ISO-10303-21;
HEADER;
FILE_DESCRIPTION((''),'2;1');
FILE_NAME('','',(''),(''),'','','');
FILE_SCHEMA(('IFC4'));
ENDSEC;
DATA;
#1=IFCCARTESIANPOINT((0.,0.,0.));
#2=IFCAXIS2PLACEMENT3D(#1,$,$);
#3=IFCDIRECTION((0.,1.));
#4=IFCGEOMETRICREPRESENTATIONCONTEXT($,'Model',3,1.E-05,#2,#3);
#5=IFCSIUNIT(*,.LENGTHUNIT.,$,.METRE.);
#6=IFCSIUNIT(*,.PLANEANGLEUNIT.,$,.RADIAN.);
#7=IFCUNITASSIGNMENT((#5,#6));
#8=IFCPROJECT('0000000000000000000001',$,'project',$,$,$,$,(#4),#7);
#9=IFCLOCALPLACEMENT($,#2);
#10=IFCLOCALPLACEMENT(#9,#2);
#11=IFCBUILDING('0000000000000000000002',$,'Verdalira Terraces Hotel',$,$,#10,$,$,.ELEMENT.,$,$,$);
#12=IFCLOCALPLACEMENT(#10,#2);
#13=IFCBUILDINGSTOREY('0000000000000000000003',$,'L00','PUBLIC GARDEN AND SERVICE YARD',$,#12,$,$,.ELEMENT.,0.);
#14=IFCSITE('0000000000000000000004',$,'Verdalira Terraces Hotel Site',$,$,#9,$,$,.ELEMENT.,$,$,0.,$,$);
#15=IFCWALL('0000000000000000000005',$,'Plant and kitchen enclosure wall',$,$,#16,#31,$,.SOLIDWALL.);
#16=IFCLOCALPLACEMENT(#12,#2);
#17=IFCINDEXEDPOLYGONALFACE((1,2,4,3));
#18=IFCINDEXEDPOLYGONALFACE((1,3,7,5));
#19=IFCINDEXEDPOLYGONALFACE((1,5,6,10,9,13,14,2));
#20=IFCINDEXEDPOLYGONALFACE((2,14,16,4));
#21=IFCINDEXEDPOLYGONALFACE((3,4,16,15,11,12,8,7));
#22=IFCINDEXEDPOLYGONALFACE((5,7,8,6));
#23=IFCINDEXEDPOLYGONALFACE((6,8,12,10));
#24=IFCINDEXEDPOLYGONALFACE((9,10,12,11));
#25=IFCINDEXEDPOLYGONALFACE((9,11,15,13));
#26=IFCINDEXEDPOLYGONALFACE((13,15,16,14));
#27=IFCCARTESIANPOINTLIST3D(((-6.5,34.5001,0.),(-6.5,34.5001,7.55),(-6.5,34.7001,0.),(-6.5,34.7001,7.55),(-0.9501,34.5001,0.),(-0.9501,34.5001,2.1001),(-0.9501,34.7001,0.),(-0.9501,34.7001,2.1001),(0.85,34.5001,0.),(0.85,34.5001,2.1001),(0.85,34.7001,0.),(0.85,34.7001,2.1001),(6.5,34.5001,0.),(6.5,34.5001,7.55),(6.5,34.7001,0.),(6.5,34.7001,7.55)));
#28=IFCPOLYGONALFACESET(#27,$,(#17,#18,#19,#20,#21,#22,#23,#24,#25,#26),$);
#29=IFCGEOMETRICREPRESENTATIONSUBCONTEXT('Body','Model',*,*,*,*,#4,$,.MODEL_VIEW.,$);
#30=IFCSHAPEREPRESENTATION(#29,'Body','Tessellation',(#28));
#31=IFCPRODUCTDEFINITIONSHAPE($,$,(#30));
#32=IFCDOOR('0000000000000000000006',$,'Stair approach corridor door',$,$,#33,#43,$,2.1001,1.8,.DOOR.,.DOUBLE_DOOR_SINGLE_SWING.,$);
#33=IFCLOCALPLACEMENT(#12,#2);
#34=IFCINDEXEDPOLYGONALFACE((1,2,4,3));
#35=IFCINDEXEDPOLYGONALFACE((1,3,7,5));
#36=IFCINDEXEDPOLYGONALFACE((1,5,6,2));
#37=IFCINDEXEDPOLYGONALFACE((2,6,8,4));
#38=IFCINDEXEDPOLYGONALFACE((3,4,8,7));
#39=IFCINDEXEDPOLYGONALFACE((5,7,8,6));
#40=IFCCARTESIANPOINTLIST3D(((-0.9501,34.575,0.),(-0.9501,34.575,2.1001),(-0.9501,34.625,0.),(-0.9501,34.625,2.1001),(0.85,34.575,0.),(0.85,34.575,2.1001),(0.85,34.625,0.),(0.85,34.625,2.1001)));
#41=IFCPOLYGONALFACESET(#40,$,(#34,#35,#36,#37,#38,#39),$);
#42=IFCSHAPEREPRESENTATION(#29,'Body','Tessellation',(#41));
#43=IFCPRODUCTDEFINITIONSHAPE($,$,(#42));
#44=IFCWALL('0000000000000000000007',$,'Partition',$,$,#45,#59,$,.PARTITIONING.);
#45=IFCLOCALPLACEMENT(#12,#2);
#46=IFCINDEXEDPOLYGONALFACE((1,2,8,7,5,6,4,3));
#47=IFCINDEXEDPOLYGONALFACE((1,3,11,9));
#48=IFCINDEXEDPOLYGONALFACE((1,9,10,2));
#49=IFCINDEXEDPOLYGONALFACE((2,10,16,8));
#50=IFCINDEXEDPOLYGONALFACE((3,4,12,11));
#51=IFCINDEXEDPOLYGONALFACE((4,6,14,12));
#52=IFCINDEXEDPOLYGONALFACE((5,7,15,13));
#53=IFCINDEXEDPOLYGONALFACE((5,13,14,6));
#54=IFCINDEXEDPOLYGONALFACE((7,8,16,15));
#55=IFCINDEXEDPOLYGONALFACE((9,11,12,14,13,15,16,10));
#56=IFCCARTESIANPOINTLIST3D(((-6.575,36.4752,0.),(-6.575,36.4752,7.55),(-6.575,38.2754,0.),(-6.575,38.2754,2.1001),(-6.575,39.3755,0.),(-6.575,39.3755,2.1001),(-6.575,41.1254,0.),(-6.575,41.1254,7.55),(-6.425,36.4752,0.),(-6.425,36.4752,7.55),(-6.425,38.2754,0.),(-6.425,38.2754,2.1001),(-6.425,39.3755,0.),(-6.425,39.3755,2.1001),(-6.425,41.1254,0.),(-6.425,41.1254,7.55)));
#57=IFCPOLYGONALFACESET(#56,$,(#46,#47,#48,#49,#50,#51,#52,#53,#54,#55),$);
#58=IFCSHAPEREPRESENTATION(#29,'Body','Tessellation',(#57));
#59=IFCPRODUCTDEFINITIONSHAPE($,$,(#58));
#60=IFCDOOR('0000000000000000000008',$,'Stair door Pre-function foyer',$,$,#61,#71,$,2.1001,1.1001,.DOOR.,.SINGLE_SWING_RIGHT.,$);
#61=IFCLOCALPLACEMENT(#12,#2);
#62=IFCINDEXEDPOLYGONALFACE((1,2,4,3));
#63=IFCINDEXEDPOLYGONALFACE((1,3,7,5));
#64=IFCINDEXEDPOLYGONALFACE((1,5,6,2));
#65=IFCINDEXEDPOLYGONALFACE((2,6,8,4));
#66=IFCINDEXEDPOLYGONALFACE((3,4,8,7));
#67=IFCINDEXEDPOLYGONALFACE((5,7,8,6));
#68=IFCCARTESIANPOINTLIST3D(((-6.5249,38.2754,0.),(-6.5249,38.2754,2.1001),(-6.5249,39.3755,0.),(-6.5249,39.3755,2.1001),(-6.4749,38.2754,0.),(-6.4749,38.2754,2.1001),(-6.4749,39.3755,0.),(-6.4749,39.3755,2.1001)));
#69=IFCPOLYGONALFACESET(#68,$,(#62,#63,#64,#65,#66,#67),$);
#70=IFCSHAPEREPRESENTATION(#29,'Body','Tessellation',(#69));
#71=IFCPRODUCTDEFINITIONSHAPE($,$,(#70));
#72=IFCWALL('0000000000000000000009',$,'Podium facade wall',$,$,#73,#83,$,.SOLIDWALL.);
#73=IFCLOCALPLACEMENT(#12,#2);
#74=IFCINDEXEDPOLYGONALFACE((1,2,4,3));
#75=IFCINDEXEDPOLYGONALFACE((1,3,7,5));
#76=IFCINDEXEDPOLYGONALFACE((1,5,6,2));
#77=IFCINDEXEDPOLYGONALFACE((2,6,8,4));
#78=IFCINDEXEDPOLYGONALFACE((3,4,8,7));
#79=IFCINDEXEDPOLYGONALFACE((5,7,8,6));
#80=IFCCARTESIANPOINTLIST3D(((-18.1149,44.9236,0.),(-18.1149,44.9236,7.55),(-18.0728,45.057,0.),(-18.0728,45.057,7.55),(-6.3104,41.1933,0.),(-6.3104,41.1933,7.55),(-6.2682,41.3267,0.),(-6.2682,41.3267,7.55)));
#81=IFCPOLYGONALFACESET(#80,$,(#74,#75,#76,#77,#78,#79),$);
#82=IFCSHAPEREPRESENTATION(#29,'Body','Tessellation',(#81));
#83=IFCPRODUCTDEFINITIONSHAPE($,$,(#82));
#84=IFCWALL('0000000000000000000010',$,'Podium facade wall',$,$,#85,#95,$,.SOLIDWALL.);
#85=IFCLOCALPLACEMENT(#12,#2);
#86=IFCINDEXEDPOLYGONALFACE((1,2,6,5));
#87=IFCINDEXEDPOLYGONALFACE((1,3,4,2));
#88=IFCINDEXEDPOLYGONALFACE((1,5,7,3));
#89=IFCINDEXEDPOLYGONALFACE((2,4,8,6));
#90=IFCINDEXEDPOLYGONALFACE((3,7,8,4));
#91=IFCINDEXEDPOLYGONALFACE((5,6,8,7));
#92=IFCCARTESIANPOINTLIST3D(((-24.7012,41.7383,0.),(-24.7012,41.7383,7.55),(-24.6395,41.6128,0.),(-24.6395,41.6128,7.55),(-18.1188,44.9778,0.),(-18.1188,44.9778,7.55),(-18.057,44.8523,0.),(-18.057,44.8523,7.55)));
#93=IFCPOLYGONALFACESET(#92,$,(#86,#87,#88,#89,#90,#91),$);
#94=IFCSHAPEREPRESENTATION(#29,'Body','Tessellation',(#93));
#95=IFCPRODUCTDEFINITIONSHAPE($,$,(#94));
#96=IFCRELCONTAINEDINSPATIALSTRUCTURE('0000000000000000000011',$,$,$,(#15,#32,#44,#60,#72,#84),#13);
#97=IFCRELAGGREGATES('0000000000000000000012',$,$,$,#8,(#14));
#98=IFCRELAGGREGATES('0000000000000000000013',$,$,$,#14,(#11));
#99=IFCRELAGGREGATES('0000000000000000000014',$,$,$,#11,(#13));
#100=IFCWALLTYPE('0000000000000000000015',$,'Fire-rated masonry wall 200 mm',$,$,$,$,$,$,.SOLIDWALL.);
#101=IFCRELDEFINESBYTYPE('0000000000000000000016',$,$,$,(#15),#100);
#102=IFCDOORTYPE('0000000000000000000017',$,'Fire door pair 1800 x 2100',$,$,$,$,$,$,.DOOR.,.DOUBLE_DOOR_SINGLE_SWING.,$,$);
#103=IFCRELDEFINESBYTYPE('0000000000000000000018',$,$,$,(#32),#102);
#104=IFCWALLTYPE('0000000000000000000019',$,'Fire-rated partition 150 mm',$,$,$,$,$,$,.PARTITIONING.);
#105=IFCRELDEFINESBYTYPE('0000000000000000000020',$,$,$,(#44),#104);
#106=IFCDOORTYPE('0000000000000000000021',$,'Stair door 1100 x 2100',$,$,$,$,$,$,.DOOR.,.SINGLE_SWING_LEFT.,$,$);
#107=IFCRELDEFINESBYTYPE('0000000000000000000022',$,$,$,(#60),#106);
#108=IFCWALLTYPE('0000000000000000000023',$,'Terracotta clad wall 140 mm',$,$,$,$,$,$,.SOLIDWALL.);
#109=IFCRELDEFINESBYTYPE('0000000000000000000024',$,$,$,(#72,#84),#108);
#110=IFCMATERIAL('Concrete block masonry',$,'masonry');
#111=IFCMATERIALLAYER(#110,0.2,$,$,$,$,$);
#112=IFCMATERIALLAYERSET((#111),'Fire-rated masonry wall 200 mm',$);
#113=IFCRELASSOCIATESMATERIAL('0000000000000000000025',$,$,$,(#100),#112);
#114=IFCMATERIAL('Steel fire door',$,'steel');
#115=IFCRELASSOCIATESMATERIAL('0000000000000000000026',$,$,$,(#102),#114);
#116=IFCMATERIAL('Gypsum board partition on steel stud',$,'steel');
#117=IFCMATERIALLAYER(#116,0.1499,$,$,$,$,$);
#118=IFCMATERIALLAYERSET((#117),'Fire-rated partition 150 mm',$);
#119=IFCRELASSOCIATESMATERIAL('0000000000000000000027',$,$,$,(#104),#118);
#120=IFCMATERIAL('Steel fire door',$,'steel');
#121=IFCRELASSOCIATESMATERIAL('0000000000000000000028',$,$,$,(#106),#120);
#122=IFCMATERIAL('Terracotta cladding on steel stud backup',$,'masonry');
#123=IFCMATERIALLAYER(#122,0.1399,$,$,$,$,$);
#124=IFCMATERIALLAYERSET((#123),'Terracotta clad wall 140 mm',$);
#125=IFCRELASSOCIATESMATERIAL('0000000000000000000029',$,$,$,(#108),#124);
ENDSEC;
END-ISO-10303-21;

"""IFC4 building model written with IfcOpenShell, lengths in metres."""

from ifc_helpers import new_model, si_unit, direction, frame, frame_2d, origin, place, context, subcontext, project, spatial, rectangle, extrude, material, layer, layer_set, type_object, element, fill, save


model = new_model("IFC4")

# Units and contexts
model_context = context("Model", 3, precision=1e-05, world=origin(), true_north=direction((0.0, 1.0)))
body_context = subcontext(model_context, "Body", "Model", "MODEL_VIEW")
ifc_project = project(units=[si_unit("LENGTHUNIT", "METRE"), si_unit("PLANEANGLEUNIT", "RADIAN")], contexts=[model_context])

# Site, building, storey
site_placement = place(None, origin())
site = spatial("IfcSite", under=ifc_project, at=site_placement, Name="Verdalira Terraces Hotel Site", CompositionType="ELEMENT", RefElevation=0.0)
building_placement = place(site_placement, origin())
building = spatial("IfcBuilding", under=site, at=building_placement, Name="Verdalira Terraces Hotel", CompositionType="ELEMENT")
storey_placement = place(building_placement, origin())
storey = spatial("IfcBuildingStorey", under=building, at=storey_placement, Name="L00", Description="PUBLIC GARDEN AND SERVICE YARD", CompositionType="ELEMENT", Elevation=0.0)

# Shared definitions
ifc_material_1 = material(Name="Concrete block masonry", Category="masonry")
ifc_layer_1 = layer(ifc_material_1, 0.2)
ifc_layer_set_1 = layer_set([ifc_layer_1], Name="Fire-rated masonry wall 200 mm")
wall_type_1 = type_object("IfcWallType", Name="Fire-rated masonry wall 200 mm", PredefinedType="SOLIDWALL", material=ifc_layer_set_1)
ifc_material_2 = material(Name="Steel fire door", Category="steel")
door_type_1 = type_object("IfcDoorType", Name="Fire door pair 1800 x 2100", OperationType="DOUBLE_DOOR_SINGLE_SWING", PredefinedType="DOOR", material=ifc_material_2)

# Walls, openings, doors
wall_1_placement = place(storey_placement, frame((-6.5, 34.6001, 0.0), z_axis=(0.0, 0.0, 1.0), x_axis=(1.0, 0.0, 0.0)))
wall_1 = element("IfcWall", 1, at=wall_1_placement, inside=storey, type_object=wall_type_1, Name="Plant and kitchen enclosure wall", PredefinedType="SOLIDWALL", context=body_context, shape_type="SweptSolid", body=[
    extrude(rectangle(XDim=13.0, YDim=0.2, at=frame_2d((6.5, 0.0))), origin(), (0.0, 0.0, 1.0), 7.55),
])
opening_1_placement = place(wall_1_placement, frame((5.55, 0.0, 0.0)))
opening_1 = element("IfcOpeningElement", 2, at=opening_1_placement, cuts=wall_1, PredefinedType="OPENING", context=body_context, shape_type="SweptSolid", body=[
    extrude(rectangle(XDim=1.8, YDim=2.1001, at=frame_2d((0.8999, 1.05))), frame((0.0, 0.1099, 0.0), z_axis=(0.0, -1.0, 0.0), x_axis=(1.0, 0.0, 0.0)), (0.0, 0.0, 1.0), 0.22),
])
door_1_placement = place(opening_1_placement, origin())
door_1 = element("IfcDoor", 3, at=door_1_placement, inside=storey, type_object=door_type_1, Name="Stair approach corridor door", OperationType="DOUBLE_DOOR_SINGLE_SWING", OverallHeight=2.1001, OverallWidth=1.8, PredefinedType="DOOR", context=body_context, shape_type="SweptSolid", body=[
    extrude(rectangle(XDim=1.8, YDim=2.1001, at=frame_2d((0.8999, 1.05))), frame((0.0, 0.0249, 0.0), z_axis=(0.0, -1.0, 0.0), x_axis=(1.0, 0.0, 0.0)), (0.0, 0.0, 1.0), 0.05),
])
fill(opening_1, door_1)
ifc_material_3 = material(Name="Gypsum board partition on steel stud", Category="steel")
ifc_layer_2 = layer(ifc_material_3, 0.1499)
ifc_layer_set_2 = layer_set([ifc_layer_2], Name="Fire-rated partition 150 mm")
wall_type_2 = type_object("IfcWallType", Name="Fire-rated partition 150 mm", PredefinedType="PARTITIONING", material=ifc_layer_set_2)
wall_2_placement = place(storey_placement, frame((-6.5, 36.4751, 0.0), z_axis=(0.0, 0.0, 1.0), x_axis=(0.0, 1.0, 0.0)))
wall_2 = element("IfcWall", 4, at=wall_2_placement, inside=storey, type_object=wall_type_2, Name="Partition", PredefinedType="PARTITIONING", context=body_context, shape_type="SweptSolid", body=[
    extrude(rectangle(XDim=4.6501, YDim=0.1499, at=frame_2d((2.3252, 0.0))), origin(), (0.0, 0.0, 1.0), 7.55),
])
opening_2_placement = place(wall_2_placement, frame((1.8003, 0.0, 0.0)))
opening_2 = element("IfcOpeningElement", 5, at=opening_2_placement, cuts=wall_2, PredefinedType="OPENING", context=body_context, shape_type="SweptSolid", body=[
    extrude(rectangle(XDim=1.1001, YDim=2.1001, at=frame_2d((0.55, 1.05))), frame((0.0, 0.085, 0.0), z_axis=(0.0, -1.0, 0.0), x_axis=(1.0, 0.0, 0.0)), (0.0, 0.0, 1.0), 0.1699),
])
ifc_material_4 = material(Name="Steel fire door", Category="steel")
door_type_2 = type_object("IfcDoorType", Name="Stair door 1100 x 2100", OperationType="SINGLE_SWING_LEFT", PredefinedType="DOOR", material=ifc_material_4)
door_2_placement = place(opening_2_placement, origin())
door_2 = element("IfcDoor", 6, at=door_2_placement, inside=storey, type_object=door_type_2, Name="Stair door Pre-function foyer", OperationType="SINGLE_SWING_RIGHT", OverallHeight=2.1001, OverallWidth=1.1001, PredefinedType="DOOR", context=body_context, shape_type="SweptSolid", body=[
    extrude(rectangle(XDim=1.1001, YDim=2.1001, at=frame_2d((0.55, 1.05))), frame((0.0, 0.0249, 0.0), z_axis=(0.0, -1.0, 0.0), x_axis=(1.0, 0.0, 0.0)), (0.0, 0.0, 1.0), 0.05),
])
fill(opening_2, door_2)

# Walls
ifc_material_5 = material(Name="Terracotta cladding on steel stud backup", Category="masonry")
ifc_layer_3 = layer(ifc_material_5, 0.1399)
ifc_layer_set_3 = layer_set([ifc_layer_3], Name="Terracotta clad wall 140 mm")
wall_type_3 = type_object("IfcWallType", Name="Terracotta clad wall 140 mm", PredefinedType="SOLIDWALL", material=ifc_layer_set_3)
wall_3_placement = place(storey_placement, frame((-6.2893, 41.26, 0.0), z_axis=(0.0, 0.0, 1.0), x_axis=(-0.953525, 0.301315, 0.0)))
element("IfcWall", 7, at=wall_3_placement, inside=storey, type_object=wall_type_3, Name="Podium facade wall", PredefinedType="SOLIDWALL", context=body_context, shape_type="SweptSolid", body=[
    extrude(rectangle(XDim=12.3799, YDim=0.1399, at=frame_2d((6.1899, 0.0))), origin(), (0.0, 0.0, 1.0), 7.55),
])
wall_4_placement = place(storey_placement, frame((-18.0879, 44.915, 0.0), z_axis=(0.0, 0.0, 1.0), x_axis=(-0.897231, -0.441561, 0.0)))
element("IfcWall", 8, at=wall_4_placement, inside=storey, type_object=wall_type_3, Name="Podium facade wall", PredefinedType="SOLIDWALL", context=body_context, shape_type="SweptSolid", body=[
    extrude(rectangle(XDim=7.3364, YDim=0.1399, at=frame_2d((3.6682, 0.0))), origin(), (0.0, 0.0, 1.0), 7.55),
])

save(model, "model.ifc")
